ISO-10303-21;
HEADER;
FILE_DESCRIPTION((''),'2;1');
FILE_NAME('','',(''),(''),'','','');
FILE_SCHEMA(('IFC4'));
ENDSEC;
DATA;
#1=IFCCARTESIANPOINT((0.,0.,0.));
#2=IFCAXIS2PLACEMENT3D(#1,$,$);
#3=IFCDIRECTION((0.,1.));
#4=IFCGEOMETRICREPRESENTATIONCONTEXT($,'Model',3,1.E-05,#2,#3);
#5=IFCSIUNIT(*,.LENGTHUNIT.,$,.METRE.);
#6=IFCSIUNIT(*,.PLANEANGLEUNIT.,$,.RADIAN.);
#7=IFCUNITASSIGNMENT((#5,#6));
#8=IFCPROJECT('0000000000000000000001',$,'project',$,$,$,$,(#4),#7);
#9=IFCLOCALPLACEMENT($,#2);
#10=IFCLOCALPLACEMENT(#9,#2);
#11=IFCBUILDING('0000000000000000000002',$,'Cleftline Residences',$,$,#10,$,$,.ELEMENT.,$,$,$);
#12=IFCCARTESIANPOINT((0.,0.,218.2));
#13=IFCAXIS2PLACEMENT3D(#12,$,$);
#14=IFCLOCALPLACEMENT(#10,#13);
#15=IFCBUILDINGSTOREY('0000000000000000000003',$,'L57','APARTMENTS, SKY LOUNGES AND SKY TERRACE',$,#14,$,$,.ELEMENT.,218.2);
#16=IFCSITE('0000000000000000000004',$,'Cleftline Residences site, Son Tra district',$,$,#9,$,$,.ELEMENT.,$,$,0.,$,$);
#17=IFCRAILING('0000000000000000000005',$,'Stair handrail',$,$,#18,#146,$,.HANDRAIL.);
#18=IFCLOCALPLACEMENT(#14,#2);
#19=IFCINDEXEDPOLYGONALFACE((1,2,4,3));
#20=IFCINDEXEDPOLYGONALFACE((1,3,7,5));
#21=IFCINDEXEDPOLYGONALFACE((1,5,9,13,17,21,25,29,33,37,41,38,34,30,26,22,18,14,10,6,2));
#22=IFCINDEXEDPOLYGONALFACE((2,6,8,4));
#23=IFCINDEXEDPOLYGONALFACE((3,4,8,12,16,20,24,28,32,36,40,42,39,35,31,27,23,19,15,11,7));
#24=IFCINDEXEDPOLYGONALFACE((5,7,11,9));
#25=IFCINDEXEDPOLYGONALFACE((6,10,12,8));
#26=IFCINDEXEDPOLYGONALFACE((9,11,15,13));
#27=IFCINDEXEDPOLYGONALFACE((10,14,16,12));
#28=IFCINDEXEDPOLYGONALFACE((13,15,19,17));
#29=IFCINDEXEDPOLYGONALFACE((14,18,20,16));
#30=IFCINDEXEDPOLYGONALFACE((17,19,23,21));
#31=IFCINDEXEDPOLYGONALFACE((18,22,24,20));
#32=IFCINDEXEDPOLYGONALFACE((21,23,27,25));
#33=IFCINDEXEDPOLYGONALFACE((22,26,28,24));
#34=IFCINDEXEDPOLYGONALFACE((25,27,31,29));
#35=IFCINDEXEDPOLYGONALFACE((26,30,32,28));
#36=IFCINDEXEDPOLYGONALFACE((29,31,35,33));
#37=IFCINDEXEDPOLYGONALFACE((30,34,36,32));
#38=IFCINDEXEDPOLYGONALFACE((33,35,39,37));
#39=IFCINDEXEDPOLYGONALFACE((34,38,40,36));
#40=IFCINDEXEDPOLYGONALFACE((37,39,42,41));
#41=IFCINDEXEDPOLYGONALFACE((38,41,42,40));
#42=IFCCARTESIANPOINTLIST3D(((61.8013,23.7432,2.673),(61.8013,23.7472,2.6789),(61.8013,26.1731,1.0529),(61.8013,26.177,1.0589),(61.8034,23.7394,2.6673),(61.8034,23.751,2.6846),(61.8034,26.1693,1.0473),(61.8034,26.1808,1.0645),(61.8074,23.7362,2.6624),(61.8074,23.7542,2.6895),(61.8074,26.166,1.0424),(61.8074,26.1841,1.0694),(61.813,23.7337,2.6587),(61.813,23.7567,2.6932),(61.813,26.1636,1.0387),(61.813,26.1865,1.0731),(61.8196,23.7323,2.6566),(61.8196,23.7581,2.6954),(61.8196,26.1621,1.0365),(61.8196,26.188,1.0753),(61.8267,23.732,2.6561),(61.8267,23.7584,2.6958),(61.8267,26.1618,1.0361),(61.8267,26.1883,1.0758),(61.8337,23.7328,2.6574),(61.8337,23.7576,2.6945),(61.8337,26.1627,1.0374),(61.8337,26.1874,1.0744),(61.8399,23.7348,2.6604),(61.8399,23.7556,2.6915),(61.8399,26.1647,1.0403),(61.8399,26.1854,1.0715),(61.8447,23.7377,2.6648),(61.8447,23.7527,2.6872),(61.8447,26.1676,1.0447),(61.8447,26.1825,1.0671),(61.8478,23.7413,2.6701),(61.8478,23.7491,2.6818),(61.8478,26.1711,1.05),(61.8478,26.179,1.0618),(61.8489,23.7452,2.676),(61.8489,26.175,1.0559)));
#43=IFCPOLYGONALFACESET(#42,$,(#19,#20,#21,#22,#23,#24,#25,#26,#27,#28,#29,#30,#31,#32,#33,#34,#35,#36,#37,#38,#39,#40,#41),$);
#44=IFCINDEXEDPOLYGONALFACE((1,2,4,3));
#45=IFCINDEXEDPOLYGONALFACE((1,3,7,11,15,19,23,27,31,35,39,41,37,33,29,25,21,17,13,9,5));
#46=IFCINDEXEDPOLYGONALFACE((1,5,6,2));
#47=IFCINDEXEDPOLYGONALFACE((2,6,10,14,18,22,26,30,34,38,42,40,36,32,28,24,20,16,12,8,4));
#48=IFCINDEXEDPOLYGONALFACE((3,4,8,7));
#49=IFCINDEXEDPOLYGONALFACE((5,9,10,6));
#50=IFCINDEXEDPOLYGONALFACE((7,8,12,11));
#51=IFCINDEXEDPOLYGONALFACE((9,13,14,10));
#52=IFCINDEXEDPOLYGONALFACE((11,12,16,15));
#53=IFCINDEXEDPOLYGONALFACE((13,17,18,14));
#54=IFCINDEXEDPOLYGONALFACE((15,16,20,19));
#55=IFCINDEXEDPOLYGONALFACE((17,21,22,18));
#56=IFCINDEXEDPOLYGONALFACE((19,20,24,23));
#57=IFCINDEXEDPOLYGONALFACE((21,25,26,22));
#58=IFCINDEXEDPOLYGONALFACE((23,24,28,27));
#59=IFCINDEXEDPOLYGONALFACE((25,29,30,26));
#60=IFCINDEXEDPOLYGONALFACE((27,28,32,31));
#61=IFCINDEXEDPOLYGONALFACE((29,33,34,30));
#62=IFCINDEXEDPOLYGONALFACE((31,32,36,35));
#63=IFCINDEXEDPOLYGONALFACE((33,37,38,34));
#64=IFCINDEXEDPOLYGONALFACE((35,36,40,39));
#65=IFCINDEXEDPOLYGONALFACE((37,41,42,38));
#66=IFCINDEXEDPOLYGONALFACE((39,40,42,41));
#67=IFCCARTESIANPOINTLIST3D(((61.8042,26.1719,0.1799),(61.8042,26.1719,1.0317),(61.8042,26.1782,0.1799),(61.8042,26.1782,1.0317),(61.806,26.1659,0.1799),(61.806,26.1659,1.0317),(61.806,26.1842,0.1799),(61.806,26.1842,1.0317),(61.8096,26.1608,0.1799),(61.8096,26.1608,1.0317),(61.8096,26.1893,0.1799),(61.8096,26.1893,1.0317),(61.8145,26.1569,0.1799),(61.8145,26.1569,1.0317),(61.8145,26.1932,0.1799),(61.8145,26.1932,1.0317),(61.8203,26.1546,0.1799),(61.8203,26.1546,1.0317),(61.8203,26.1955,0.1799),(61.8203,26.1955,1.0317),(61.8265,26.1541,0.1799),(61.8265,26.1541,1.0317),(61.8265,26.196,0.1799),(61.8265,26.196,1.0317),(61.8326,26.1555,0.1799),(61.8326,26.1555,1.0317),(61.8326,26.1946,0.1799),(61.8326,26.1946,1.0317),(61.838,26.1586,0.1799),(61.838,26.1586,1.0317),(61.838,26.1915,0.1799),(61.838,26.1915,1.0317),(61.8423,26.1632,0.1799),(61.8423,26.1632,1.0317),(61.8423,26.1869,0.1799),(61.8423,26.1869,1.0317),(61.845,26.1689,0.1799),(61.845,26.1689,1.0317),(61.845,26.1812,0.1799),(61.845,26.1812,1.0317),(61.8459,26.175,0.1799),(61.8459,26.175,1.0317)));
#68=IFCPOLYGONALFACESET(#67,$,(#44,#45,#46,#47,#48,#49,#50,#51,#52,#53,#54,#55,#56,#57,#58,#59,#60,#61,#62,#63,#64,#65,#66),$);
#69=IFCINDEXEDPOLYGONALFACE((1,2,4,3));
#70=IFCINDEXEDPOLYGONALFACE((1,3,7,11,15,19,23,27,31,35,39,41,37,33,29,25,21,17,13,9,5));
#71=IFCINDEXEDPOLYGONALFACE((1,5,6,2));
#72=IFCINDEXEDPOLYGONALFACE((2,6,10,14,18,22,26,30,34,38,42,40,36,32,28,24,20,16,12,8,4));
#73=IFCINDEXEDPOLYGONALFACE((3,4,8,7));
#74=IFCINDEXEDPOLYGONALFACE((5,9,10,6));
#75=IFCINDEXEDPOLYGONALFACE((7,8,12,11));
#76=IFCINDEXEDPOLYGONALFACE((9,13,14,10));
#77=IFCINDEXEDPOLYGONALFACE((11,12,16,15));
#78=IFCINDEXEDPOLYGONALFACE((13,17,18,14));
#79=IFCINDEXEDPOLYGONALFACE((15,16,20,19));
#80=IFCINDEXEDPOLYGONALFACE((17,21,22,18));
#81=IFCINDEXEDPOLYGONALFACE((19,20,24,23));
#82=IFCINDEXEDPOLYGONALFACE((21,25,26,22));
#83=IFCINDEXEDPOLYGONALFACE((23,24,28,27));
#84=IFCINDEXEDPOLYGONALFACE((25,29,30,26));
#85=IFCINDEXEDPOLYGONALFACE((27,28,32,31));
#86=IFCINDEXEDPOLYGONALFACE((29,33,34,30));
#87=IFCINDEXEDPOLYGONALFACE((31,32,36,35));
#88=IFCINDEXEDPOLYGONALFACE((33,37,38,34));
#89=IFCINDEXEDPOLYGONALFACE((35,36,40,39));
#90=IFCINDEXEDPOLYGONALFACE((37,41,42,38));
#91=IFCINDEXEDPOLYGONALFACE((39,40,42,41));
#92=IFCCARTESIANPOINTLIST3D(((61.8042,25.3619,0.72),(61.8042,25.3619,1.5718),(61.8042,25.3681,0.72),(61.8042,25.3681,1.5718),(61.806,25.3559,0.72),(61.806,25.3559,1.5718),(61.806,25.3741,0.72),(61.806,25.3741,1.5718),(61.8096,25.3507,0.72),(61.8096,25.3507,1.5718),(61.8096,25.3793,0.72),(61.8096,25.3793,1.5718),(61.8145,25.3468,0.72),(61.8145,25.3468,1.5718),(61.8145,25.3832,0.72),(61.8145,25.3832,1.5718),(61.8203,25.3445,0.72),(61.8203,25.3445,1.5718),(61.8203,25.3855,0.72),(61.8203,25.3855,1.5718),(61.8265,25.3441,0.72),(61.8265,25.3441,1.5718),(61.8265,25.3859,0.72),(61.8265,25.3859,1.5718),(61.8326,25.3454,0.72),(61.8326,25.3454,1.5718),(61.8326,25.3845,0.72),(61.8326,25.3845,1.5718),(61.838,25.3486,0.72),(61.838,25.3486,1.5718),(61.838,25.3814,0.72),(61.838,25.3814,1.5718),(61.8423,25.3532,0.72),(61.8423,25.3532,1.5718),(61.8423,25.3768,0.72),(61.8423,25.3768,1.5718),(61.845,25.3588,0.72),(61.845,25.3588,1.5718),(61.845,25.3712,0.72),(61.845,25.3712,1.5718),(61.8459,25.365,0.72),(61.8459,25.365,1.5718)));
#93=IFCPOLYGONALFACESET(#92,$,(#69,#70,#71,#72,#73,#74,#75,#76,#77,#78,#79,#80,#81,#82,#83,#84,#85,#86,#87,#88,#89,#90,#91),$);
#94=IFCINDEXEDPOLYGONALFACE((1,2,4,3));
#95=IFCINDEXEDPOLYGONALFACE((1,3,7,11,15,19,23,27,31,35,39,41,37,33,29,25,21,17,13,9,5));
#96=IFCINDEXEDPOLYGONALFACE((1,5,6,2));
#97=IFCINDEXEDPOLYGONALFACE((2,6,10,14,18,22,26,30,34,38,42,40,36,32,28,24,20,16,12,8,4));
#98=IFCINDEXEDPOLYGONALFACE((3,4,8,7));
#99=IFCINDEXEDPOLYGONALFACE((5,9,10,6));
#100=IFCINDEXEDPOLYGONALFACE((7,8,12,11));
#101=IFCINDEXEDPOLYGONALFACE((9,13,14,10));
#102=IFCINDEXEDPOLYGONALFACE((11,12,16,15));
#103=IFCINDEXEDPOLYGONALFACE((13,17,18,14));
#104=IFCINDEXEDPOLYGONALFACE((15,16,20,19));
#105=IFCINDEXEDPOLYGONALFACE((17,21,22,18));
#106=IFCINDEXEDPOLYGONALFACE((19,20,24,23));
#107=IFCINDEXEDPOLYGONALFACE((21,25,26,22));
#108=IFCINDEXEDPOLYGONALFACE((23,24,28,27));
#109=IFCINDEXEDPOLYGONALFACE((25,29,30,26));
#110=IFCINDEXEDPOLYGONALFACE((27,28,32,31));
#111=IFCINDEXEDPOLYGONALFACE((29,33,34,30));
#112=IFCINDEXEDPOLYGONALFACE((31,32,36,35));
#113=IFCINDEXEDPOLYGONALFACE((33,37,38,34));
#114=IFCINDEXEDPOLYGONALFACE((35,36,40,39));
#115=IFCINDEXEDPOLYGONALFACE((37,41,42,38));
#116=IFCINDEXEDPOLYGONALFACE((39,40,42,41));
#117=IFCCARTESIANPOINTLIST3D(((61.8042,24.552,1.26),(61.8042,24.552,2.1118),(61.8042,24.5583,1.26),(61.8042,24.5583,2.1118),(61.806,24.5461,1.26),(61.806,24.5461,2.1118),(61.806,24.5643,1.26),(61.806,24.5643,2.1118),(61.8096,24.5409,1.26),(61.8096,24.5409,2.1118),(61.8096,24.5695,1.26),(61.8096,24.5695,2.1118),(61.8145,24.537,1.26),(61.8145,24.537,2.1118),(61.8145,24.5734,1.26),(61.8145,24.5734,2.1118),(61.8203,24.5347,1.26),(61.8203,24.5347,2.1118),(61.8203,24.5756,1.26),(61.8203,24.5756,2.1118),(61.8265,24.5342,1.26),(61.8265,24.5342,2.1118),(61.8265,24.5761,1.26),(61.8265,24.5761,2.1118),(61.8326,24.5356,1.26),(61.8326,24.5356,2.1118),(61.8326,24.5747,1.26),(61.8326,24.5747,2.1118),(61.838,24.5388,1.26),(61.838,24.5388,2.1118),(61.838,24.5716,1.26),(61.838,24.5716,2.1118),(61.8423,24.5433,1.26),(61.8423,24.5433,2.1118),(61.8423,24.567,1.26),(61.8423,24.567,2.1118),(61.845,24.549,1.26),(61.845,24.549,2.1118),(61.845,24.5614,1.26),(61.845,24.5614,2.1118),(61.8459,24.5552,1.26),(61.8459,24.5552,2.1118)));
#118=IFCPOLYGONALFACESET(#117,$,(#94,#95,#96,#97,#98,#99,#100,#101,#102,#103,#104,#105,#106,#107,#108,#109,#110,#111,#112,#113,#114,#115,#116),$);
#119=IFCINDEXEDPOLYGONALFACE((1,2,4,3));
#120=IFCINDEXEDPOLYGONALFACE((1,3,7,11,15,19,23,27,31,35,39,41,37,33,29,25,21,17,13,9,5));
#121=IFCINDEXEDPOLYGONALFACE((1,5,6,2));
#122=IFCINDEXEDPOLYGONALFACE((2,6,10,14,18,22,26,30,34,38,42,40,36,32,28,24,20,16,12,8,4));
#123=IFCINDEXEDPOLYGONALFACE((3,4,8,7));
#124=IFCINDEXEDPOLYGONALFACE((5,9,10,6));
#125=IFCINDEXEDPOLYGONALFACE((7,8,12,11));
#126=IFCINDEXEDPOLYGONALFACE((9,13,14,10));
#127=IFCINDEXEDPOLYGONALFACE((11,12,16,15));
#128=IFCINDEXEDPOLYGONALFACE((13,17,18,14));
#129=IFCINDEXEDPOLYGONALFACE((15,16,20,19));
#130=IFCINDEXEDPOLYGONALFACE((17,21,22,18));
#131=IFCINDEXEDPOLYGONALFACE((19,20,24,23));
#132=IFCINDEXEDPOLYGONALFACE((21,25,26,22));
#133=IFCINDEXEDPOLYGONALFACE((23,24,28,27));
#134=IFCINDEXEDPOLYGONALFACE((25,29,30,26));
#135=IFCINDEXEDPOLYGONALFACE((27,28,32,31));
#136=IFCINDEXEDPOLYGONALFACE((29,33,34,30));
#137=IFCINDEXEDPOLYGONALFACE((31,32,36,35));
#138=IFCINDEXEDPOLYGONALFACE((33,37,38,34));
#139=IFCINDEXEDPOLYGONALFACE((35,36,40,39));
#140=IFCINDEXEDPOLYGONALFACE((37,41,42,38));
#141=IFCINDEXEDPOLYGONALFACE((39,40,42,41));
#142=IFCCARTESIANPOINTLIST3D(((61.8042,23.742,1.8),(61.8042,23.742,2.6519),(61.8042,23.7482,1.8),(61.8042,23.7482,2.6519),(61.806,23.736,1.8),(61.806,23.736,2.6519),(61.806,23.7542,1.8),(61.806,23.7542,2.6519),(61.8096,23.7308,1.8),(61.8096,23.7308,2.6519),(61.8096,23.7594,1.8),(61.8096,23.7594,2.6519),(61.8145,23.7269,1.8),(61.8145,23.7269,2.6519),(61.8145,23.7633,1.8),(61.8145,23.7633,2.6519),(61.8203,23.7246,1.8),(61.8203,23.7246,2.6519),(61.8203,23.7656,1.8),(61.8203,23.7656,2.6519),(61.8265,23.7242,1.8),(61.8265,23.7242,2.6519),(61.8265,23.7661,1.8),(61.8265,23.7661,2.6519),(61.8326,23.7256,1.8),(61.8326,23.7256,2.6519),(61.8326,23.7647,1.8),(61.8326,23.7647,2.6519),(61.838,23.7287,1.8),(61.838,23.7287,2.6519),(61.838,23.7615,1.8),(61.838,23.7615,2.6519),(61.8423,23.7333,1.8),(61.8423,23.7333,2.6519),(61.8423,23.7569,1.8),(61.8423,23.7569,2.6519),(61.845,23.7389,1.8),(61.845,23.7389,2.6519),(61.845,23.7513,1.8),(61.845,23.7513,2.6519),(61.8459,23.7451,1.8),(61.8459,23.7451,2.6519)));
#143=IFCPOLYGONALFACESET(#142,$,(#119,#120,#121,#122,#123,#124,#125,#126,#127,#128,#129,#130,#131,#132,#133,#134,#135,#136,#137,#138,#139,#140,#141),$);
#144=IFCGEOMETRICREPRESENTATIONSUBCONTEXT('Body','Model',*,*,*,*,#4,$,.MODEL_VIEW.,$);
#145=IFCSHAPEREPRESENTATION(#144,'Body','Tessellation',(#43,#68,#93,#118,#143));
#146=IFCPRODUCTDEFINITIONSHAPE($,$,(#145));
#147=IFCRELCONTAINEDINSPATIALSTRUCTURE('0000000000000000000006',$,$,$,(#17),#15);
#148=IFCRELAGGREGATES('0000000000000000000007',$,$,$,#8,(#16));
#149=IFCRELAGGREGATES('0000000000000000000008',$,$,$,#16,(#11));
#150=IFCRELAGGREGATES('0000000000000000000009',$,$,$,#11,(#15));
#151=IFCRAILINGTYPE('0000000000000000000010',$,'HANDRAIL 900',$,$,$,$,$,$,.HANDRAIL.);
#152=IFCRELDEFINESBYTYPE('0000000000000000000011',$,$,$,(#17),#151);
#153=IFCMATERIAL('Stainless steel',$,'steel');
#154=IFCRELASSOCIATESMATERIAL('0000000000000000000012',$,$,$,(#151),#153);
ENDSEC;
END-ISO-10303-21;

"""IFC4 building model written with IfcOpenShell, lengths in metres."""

from ifc_helpers import new_model, si_unit, direction, frame, origin, origin_2d, place, context, subcontext, project, spatial, circle, extrude, material, type_object, element, save


model = new_model("IFC4")

# Units and contexts
model_context = context("Model", 3, precision=1e-05, world=origin(), true_north=direction((0.0, 1.0)))
body_context = subcontext(model_context, "Body", "Model", "MODEL_VIEW")
ifc_project = project(units=[si_unit("LENGTHUNIT", "METRE"), si_unit("PLANEANGLEUNIT", "RADIAN")], contexts=[model_context])

# Site, building, storey
site_placement = place(None, origin())
site = spatial("IfcSite", under=ifc_project, at=site_placement, Name="Cleftline Residences site, Son Tra district", CompositionType="ELEMENT", RefElevation=0.0)
building_placement = place(site_placement, origin())
building = spatial("IfcBuilding", under=site, at=building_placement, Name="Cleftline Residences", CompositionType="ELEMENT")
storey_placement = place(building_placement, frame((0.0, 0.0, 218.2)))
storey = spatial("IfcBuildingStorey", under=building, at=storey_placement, Name="L57", Description="APARTMENTS, SKY LOUNGES AND SKY TERRACE", CompositionType="ELEMENT", Elevation=218.2)

# Railing
ifc_material_1 = material(Name="Stainless steel", Category="steel")
railing_type = type_object("IfcRailingType", Name="HANDRAIL 900", PredefinedType="HANDRAIL", material=ifc_material_1)
railing_placement = place(storey_placement, frame((61.825, 26.175, 0.1799)))
element("IfcRailing", 1, at=railing_placement, inside=storey, type_object=railing_type, Name="Stair handrail", PredefinedType="HANDRAIL", context=body_context, shape_type="SweptSolid", body=[
    extrude(circle(Radius=0.0239, at=origin_2d()), frame((0.0, 0.0, 0.876), z_axis=(0.0, -0.832025, 0.554739), x_axis=(1.0, 0.0, 0.0)), (0.0, 0.0, 1.0), 2.9204),
    extrude(circle(Radius=0.021, at=origin_2d()), origin(), (0.0, 0.0, 1.0), 0.8518),
    extrude(circle(Radius=0.021, at=origin_2d()), frame((0.0, -0.8101, 0.54)), (0.0, 0.0, 1.0), 0.8518),
    extrude(circle(Radius=0.021, at=origin_2d()), frame((0.0, -1.6199, 1.0801)), (0.0, 0.0, 1.0), 0.8518),
    extrude(circle(Radius=0.021, at=origin_2d()), frame((0.0, -2.4299, 1.6201)), (0.0, 0.0, 1.0), 0.8518),
])

save(model, "model.ifc")
